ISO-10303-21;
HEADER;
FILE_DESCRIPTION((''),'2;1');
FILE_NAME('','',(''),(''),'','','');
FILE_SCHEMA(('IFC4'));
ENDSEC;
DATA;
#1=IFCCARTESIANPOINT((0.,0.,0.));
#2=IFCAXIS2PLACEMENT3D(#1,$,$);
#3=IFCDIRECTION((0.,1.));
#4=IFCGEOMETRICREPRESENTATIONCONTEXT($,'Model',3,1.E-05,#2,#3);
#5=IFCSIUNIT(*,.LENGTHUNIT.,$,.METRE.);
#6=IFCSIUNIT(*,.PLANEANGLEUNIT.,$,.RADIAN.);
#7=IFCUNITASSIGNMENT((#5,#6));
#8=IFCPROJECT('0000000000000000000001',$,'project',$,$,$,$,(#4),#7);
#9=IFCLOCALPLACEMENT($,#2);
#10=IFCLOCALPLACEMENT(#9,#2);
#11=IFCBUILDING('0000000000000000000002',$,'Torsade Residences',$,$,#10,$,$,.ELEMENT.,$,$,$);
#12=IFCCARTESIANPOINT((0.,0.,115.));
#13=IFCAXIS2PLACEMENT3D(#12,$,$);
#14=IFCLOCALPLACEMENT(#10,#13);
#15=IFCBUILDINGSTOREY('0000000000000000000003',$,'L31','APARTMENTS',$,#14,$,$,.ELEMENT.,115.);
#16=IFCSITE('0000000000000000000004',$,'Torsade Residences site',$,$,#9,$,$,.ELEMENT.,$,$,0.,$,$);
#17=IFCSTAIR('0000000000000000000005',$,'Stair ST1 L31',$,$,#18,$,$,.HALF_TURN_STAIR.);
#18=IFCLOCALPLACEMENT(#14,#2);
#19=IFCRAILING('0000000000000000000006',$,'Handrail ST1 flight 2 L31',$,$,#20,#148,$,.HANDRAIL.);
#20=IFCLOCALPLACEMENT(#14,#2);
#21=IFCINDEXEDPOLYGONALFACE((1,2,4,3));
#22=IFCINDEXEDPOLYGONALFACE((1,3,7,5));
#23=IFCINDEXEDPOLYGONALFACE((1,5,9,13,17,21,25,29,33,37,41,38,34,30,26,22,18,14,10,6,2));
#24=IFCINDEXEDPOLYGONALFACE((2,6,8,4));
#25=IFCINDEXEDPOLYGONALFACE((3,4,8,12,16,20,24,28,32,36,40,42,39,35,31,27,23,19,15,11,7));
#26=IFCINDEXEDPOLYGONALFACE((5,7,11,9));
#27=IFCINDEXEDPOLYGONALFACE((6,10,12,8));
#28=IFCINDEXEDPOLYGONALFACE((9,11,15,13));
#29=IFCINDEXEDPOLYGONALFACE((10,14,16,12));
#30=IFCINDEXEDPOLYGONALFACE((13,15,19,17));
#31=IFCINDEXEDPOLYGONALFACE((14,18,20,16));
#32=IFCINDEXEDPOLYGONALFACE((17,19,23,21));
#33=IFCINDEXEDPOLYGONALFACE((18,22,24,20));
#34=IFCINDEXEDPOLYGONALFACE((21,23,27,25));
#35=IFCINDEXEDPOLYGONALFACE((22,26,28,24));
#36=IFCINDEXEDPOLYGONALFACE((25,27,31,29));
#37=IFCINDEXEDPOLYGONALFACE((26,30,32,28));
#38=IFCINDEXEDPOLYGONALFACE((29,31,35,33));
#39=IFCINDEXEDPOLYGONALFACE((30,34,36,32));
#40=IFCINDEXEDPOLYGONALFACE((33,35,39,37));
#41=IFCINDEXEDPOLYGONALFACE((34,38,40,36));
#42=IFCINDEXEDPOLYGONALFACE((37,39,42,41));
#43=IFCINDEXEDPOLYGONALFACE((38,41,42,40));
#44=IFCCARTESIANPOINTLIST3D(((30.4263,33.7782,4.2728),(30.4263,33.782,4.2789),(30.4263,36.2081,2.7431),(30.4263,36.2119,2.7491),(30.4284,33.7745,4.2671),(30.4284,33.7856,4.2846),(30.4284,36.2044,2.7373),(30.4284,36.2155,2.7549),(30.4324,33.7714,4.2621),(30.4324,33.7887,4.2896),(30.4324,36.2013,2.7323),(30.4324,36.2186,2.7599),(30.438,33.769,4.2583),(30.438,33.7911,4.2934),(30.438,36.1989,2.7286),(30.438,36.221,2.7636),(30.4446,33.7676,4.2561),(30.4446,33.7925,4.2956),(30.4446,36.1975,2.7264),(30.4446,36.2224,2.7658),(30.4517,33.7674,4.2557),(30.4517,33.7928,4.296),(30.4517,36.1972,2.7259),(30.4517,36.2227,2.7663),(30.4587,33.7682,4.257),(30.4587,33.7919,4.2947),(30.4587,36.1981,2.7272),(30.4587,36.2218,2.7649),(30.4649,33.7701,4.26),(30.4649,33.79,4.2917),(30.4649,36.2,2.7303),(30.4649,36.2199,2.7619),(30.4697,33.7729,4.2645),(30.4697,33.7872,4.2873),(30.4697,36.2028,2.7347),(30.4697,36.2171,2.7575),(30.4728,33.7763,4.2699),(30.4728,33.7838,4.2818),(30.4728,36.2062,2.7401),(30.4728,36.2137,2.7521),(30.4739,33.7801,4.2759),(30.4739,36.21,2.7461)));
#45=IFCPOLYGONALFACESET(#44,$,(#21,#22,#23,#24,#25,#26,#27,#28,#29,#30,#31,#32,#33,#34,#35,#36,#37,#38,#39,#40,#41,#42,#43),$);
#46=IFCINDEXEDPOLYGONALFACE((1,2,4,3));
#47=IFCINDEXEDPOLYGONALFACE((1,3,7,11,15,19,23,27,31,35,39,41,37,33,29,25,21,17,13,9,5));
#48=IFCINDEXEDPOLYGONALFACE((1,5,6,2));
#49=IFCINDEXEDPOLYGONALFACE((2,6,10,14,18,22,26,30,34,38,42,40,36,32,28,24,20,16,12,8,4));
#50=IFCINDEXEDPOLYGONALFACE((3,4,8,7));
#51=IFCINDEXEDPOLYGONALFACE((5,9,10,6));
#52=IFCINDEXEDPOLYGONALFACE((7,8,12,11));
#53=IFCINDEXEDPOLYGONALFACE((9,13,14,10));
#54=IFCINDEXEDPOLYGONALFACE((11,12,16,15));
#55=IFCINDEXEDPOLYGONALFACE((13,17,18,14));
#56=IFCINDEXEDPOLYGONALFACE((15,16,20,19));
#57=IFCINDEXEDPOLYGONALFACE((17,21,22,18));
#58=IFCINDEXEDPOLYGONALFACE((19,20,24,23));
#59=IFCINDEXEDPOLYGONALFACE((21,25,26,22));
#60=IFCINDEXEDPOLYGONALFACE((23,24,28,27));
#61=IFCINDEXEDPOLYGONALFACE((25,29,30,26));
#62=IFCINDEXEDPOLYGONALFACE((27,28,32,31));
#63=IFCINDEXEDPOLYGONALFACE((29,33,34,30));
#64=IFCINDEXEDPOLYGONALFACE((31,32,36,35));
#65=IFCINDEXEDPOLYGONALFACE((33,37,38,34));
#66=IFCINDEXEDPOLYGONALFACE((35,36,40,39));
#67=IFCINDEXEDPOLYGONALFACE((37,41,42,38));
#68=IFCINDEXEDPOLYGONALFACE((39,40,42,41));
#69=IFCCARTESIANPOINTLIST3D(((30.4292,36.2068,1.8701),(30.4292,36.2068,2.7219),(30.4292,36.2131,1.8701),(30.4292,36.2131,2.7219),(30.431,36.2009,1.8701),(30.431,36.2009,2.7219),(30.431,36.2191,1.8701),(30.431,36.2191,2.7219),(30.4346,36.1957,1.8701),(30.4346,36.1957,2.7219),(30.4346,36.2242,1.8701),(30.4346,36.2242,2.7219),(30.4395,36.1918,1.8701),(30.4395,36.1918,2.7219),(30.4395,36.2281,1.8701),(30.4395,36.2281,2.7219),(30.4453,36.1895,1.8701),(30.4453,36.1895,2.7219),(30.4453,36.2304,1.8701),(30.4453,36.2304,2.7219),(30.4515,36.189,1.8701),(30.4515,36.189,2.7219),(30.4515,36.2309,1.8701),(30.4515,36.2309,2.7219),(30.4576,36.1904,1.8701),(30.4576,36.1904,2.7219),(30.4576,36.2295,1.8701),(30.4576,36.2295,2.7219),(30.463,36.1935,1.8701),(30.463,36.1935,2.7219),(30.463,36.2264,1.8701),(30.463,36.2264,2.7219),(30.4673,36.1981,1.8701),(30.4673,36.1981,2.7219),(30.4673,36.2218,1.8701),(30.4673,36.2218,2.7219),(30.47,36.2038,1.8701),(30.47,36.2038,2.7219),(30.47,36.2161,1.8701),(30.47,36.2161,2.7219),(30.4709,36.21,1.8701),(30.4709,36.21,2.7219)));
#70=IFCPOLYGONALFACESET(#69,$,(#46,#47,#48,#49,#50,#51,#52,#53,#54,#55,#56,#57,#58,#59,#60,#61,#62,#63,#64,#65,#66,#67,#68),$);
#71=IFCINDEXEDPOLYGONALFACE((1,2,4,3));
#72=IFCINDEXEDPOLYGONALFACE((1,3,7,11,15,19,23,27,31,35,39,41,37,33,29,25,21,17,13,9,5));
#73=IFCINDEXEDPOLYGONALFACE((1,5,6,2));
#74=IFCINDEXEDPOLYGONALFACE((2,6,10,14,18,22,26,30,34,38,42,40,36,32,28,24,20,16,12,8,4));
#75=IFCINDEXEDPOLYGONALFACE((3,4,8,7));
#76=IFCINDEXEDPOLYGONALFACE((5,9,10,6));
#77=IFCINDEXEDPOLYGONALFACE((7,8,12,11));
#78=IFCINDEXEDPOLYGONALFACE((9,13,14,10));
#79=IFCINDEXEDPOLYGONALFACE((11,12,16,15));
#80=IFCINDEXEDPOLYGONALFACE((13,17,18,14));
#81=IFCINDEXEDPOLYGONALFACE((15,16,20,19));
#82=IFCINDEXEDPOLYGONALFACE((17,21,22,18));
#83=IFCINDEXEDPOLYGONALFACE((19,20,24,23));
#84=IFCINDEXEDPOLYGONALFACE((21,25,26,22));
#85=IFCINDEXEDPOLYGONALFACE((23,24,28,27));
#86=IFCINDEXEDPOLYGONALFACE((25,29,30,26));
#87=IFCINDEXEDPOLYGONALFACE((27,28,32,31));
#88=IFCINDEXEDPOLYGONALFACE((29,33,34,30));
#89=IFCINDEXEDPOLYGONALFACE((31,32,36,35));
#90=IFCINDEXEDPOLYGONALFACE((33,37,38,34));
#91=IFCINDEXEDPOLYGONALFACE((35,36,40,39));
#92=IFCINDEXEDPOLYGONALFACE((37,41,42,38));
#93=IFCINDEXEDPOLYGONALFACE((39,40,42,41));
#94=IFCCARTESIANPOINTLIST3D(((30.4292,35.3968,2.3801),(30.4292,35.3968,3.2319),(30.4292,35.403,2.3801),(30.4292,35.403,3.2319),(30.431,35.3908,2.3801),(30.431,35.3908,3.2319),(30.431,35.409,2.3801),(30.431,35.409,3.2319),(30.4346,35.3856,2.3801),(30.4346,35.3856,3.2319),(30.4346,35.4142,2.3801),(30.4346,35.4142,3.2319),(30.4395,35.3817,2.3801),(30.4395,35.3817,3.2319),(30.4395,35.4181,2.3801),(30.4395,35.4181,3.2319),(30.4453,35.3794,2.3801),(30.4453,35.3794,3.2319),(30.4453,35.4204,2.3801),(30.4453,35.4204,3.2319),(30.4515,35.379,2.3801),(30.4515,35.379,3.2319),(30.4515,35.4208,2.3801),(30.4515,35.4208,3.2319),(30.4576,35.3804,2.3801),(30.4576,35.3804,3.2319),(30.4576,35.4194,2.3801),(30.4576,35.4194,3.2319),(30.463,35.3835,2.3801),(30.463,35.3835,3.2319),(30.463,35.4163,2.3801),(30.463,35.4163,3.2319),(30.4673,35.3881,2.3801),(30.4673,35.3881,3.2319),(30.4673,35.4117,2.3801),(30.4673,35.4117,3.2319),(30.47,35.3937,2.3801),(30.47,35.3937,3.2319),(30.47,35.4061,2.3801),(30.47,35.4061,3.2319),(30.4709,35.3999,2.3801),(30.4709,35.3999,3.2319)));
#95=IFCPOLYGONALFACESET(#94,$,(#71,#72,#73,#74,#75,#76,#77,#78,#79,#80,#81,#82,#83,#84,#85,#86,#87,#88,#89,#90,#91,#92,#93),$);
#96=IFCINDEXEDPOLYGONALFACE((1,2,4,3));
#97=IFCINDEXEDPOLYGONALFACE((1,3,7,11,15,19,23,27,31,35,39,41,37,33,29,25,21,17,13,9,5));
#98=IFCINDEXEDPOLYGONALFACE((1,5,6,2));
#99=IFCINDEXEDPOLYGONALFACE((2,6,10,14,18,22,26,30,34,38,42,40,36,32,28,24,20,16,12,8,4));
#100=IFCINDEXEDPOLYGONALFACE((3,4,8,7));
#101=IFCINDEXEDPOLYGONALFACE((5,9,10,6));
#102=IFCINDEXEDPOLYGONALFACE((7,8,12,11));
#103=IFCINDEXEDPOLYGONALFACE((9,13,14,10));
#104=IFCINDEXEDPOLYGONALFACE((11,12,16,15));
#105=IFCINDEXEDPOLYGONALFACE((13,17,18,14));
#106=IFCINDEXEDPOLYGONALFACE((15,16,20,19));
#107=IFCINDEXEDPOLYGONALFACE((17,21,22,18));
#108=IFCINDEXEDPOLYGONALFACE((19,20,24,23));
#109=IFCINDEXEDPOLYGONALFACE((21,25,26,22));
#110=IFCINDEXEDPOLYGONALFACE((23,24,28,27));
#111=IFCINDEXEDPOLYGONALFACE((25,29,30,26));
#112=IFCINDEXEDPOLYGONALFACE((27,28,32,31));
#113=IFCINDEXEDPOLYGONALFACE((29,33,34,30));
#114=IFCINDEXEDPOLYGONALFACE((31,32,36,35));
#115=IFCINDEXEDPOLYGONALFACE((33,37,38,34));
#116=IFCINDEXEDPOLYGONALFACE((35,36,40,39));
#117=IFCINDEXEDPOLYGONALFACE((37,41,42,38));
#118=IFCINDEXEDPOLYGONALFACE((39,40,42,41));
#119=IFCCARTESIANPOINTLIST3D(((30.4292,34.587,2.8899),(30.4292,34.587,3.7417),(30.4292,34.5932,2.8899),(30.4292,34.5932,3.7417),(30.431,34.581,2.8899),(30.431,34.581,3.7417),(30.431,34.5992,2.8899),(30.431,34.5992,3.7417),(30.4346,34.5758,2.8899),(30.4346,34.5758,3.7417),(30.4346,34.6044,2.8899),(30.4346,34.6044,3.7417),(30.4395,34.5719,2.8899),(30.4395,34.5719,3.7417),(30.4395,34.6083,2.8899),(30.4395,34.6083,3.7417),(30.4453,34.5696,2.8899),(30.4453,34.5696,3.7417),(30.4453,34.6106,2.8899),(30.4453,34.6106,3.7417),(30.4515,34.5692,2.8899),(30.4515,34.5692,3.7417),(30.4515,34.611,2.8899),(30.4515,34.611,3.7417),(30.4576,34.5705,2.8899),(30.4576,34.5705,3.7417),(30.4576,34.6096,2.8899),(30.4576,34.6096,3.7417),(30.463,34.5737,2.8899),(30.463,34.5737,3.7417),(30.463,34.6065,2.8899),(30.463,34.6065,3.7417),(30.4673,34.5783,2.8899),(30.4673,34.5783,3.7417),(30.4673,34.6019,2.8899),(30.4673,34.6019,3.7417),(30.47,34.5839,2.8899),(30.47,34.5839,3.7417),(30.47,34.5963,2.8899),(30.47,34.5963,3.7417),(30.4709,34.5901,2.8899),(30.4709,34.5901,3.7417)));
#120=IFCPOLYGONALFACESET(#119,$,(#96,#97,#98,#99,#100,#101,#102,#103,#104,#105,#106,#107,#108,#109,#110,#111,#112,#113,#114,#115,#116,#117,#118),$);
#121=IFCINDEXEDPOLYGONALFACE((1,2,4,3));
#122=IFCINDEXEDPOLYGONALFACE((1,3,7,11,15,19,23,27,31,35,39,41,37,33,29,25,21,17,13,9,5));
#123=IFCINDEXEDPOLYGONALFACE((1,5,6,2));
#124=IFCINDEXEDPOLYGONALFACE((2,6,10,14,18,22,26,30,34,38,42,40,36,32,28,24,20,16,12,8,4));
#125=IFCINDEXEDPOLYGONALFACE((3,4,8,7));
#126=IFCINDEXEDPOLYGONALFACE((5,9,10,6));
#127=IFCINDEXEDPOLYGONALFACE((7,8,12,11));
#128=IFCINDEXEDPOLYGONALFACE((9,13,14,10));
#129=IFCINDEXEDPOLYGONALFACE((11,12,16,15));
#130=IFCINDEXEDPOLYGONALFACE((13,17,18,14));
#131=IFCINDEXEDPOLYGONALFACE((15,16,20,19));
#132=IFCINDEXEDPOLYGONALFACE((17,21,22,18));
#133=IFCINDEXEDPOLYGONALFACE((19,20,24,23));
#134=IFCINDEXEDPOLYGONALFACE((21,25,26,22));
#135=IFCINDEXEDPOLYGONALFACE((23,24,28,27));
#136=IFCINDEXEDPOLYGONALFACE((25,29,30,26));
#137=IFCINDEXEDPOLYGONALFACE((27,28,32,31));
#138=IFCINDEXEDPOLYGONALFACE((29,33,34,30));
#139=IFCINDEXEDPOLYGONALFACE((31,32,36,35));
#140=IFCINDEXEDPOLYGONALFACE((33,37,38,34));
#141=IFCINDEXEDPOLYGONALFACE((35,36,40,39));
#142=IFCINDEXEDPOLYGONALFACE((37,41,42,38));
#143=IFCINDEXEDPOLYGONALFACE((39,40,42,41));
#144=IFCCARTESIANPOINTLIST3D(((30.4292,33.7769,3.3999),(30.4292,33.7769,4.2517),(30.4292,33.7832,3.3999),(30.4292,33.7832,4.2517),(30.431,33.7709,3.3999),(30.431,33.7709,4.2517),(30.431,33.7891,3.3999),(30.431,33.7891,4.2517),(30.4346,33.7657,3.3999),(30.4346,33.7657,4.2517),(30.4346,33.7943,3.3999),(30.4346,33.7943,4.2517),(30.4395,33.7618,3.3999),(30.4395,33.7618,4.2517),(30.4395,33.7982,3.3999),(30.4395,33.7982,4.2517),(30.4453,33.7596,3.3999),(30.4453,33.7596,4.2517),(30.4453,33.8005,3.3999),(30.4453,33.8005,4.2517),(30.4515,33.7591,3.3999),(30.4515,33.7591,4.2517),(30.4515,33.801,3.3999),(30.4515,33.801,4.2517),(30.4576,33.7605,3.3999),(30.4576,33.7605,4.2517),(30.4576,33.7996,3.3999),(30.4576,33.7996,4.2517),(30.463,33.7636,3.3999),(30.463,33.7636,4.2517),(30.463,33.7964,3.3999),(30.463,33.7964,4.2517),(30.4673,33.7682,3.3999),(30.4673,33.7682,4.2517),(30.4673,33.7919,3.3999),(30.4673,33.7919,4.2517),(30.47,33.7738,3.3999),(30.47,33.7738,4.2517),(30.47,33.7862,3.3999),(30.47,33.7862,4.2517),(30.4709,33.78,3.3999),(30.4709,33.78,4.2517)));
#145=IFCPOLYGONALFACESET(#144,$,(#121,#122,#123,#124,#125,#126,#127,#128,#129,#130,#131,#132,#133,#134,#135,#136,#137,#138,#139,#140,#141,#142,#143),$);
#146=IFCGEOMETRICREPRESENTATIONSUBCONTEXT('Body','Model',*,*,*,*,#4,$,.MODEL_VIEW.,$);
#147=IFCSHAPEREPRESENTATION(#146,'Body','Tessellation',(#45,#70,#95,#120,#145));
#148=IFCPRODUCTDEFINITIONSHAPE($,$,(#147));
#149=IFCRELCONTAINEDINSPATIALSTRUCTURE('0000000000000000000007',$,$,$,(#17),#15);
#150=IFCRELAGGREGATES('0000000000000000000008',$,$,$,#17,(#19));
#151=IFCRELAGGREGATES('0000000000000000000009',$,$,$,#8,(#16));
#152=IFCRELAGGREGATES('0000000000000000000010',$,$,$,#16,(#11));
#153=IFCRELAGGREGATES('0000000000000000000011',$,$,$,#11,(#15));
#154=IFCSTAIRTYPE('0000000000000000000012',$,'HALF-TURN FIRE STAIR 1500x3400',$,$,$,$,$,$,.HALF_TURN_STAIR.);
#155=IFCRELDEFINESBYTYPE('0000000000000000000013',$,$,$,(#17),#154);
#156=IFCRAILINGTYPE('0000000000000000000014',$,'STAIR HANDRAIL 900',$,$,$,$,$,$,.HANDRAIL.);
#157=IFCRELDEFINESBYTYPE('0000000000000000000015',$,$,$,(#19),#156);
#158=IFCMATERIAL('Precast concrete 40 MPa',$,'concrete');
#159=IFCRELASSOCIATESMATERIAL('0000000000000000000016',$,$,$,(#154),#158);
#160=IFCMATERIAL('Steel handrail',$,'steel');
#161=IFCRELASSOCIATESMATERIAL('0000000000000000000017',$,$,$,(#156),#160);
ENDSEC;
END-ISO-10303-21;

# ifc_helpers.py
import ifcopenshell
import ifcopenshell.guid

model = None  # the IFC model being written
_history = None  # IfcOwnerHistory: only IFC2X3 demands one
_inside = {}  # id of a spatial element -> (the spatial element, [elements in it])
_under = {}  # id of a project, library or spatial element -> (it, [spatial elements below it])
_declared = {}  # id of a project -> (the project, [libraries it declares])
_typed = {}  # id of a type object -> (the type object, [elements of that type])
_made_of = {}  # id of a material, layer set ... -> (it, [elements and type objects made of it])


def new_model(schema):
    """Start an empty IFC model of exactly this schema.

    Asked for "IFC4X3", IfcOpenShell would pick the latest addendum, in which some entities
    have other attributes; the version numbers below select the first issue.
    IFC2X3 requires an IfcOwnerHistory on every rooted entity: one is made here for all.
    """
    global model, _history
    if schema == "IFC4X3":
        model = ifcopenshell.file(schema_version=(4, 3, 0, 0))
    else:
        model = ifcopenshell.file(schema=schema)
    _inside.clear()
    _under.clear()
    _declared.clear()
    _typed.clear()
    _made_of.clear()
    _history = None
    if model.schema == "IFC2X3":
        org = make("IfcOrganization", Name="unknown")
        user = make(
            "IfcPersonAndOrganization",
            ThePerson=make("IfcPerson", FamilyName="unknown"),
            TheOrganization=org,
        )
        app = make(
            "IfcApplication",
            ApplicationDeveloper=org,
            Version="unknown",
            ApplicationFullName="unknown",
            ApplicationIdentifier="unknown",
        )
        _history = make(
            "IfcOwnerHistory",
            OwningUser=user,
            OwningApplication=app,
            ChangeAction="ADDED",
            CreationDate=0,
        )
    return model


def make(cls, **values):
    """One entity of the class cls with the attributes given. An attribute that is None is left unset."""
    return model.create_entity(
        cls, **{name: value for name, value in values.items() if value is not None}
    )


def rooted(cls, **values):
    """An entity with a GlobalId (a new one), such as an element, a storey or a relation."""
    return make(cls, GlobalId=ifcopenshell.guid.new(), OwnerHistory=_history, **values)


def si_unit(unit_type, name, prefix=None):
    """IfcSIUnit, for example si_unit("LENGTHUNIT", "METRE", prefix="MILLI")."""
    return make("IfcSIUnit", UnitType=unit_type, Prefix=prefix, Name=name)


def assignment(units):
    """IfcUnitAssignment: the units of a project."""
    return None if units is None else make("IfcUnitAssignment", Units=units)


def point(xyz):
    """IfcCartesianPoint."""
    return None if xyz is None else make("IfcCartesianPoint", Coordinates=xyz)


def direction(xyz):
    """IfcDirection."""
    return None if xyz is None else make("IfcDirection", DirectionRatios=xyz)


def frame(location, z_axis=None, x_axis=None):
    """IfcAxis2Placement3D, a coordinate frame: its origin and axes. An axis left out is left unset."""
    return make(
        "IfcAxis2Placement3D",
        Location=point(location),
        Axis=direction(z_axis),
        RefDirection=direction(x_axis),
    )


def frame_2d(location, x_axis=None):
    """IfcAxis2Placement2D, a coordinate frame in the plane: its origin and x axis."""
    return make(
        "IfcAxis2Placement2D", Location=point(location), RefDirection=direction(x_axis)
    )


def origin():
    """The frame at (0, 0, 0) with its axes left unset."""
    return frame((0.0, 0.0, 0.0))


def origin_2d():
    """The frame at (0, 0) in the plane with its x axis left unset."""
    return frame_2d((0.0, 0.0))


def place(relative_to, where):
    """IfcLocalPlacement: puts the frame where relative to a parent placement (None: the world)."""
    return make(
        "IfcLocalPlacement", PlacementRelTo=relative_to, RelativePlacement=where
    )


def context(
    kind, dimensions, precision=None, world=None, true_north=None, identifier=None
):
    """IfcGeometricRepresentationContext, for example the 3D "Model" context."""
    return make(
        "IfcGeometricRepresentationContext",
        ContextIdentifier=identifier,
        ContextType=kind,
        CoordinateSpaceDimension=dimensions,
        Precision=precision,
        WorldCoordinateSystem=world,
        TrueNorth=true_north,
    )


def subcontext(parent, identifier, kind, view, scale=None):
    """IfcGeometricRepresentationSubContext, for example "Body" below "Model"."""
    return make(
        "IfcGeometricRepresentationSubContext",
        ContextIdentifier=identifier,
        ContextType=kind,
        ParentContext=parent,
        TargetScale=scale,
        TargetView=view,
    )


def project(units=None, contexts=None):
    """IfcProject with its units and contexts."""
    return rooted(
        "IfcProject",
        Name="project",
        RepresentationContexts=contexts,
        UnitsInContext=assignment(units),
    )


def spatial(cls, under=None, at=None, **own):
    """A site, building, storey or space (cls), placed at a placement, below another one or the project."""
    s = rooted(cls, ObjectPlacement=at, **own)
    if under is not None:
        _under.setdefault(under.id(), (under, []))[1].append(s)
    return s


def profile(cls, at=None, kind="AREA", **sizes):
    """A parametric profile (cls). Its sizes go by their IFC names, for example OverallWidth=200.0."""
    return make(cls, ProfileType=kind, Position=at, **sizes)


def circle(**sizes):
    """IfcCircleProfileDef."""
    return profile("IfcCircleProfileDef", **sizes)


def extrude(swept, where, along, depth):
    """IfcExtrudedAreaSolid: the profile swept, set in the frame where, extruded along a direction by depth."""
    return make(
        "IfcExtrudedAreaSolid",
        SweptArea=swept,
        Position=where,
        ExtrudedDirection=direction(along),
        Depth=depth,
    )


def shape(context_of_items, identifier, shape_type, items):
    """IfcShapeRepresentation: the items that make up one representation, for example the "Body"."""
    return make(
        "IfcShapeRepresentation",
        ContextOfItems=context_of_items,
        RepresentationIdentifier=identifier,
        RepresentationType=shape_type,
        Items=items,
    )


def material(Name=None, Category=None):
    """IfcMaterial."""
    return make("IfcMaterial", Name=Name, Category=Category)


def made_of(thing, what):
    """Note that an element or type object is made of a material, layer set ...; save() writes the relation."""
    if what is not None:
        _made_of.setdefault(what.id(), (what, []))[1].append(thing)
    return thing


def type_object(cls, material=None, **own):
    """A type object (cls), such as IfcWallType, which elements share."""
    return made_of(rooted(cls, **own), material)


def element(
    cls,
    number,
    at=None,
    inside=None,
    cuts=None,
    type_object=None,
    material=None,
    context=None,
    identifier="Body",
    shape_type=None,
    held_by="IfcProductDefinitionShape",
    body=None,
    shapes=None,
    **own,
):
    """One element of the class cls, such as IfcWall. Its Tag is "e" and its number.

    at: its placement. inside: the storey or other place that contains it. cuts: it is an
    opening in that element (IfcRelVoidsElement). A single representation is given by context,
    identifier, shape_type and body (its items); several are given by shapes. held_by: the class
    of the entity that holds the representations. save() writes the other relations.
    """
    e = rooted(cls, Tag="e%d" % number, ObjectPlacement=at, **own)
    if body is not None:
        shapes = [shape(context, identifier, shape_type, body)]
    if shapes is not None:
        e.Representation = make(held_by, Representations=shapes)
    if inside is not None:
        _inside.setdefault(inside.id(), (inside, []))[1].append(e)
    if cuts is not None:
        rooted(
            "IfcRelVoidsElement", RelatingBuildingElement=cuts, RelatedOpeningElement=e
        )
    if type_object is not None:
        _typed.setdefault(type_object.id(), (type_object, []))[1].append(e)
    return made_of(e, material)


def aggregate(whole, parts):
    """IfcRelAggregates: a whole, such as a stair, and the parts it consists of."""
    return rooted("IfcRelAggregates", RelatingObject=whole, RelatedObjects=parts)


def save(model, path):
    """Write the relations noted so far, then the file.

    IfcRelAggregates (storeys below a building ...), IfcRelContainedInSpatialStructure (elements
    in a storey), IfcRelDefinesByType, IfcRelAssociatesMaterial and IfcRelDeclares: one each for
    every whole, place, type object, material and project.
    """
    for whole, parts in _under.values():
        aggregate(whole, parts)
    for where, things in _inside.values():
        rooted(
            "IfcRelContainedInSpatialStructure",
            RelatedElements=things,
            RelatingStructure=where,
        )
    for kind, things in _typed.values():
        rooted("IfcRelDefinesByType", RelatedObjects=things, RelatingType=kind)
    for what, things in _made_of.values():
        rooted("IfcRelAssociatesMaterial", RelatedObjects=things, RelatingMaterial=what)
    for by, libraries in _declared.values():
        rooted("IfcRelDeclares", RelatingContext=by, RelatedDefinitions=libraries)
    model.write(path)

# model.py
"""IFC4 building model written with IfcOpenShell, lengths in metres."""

from ifc_helpers import new_model, si_unit, direction, frame, origin, origin_2d, place, context, subcontext, project, spatial, circle, extrude, material, type_object, element, aggregate, save


model = new_model("IFC4")

# Units and contexts
model_context = context("Model", 3, precision=1e-05, world=origin(), true_north=direction((0.0, 1.0)))
body_context = subcontext(model_context, "Body", "Model", "MODEL_VIEW")
ifc_project = project(units=[si_unit("LENGTHUNIT", "METRE"), si_unit("PLANEANGLEUNIT", "RADIAN")], contexts=[model_context])

# Site, building, storey
site_placement = place(None, origin())
site = spatial("IfcSite", under=ifc_project, at=site_placement, Name="Torsade Residences site", CompositionType="ELEMENT", RefElevation=0.0)
building_placement = place(site_placement, origin())
building = spatial("IfcBuilding", under=site, at=building_placement, Name="Torsade Residences", CompositionType="ELEMENT")
storey_placement = place(building_placement, frame((0.0, 0.0, 115.0)))
storey = spatial("IfcBuildingStorey", under=building, at=storey_placement, Name="L31", Description="APARTMENTS", CompositionType="ELEMENT", Elevation=115.0)

# Stair, railing
ifc_material_1 = material(Name="Precast concrete 40 MPa", Category="concrete")
stair_type = type_object("IfcStairType", Name="HALF-TURN FIRE STAIR 1500x3400", PredefinedType="HALF_TURN_STAIR", material=ifc_material_1)
stair_placement = place(storey_placement, origin())
stair = element("IfcStair", 1, at=stair_placement, inside=storey, type_object=stair_type, Name="Stair ST1 L31", PredefinedType="HALF_TURN_STAIR")
ifc_material_2 = material(Name="Steel handrail", Category="steel")
railing_type = type_object("IfcRailingType", Name="STAIR HANDRAIL 900", PredefinedType="HANDRAIL", material=ifc_material_2)
railing_1_placement = place(storey_placement, frame((30.45, 36.21, 1.8701)))
railing_1 = element("IfcRailing", 2, at=railing_1_placement, type_object=railing_type, Name="Handrail ST1 flight 2 L31", PredefinedType="HANDRAIL", context=body_context, shape_type="SweptSolid", body=[
    extrude(circle(Radius=0.0239, at=origin_2d()), frame((0.0, 0.0, 0.876), z_axis=(0.0, -0.84626, 0.53277), x_axis=(1.0, 0.0, 0.0)), (0.0, 0.0, 1.0), 2.8713),
    extrude(circle(Radius=0.021, at=origin_2d()), origin(), (0.0, 0.0, 1.0), 0.8518),
    extrude(circle(Radius=0.021, at=origin_2d()), frame((0.0, -0.8101, 0.51)), (0.0, 0.0, 1.0), 0.8518),
    extrude(circle(Radius=0.021, at=origin_2d()), frame((0.0, -1.6199, 1.0198)), (0.0, 0.0, 1.0), 0.8518),
    extrude(circle(Radius=0.021, at=origin_2d()), frame((0.0, -2.4299, 1.5298)), (0.0, 0.0, 1.0), 0.8518),
])
aggregate(stair, [railing_1])

save(model, "model.ifc")
